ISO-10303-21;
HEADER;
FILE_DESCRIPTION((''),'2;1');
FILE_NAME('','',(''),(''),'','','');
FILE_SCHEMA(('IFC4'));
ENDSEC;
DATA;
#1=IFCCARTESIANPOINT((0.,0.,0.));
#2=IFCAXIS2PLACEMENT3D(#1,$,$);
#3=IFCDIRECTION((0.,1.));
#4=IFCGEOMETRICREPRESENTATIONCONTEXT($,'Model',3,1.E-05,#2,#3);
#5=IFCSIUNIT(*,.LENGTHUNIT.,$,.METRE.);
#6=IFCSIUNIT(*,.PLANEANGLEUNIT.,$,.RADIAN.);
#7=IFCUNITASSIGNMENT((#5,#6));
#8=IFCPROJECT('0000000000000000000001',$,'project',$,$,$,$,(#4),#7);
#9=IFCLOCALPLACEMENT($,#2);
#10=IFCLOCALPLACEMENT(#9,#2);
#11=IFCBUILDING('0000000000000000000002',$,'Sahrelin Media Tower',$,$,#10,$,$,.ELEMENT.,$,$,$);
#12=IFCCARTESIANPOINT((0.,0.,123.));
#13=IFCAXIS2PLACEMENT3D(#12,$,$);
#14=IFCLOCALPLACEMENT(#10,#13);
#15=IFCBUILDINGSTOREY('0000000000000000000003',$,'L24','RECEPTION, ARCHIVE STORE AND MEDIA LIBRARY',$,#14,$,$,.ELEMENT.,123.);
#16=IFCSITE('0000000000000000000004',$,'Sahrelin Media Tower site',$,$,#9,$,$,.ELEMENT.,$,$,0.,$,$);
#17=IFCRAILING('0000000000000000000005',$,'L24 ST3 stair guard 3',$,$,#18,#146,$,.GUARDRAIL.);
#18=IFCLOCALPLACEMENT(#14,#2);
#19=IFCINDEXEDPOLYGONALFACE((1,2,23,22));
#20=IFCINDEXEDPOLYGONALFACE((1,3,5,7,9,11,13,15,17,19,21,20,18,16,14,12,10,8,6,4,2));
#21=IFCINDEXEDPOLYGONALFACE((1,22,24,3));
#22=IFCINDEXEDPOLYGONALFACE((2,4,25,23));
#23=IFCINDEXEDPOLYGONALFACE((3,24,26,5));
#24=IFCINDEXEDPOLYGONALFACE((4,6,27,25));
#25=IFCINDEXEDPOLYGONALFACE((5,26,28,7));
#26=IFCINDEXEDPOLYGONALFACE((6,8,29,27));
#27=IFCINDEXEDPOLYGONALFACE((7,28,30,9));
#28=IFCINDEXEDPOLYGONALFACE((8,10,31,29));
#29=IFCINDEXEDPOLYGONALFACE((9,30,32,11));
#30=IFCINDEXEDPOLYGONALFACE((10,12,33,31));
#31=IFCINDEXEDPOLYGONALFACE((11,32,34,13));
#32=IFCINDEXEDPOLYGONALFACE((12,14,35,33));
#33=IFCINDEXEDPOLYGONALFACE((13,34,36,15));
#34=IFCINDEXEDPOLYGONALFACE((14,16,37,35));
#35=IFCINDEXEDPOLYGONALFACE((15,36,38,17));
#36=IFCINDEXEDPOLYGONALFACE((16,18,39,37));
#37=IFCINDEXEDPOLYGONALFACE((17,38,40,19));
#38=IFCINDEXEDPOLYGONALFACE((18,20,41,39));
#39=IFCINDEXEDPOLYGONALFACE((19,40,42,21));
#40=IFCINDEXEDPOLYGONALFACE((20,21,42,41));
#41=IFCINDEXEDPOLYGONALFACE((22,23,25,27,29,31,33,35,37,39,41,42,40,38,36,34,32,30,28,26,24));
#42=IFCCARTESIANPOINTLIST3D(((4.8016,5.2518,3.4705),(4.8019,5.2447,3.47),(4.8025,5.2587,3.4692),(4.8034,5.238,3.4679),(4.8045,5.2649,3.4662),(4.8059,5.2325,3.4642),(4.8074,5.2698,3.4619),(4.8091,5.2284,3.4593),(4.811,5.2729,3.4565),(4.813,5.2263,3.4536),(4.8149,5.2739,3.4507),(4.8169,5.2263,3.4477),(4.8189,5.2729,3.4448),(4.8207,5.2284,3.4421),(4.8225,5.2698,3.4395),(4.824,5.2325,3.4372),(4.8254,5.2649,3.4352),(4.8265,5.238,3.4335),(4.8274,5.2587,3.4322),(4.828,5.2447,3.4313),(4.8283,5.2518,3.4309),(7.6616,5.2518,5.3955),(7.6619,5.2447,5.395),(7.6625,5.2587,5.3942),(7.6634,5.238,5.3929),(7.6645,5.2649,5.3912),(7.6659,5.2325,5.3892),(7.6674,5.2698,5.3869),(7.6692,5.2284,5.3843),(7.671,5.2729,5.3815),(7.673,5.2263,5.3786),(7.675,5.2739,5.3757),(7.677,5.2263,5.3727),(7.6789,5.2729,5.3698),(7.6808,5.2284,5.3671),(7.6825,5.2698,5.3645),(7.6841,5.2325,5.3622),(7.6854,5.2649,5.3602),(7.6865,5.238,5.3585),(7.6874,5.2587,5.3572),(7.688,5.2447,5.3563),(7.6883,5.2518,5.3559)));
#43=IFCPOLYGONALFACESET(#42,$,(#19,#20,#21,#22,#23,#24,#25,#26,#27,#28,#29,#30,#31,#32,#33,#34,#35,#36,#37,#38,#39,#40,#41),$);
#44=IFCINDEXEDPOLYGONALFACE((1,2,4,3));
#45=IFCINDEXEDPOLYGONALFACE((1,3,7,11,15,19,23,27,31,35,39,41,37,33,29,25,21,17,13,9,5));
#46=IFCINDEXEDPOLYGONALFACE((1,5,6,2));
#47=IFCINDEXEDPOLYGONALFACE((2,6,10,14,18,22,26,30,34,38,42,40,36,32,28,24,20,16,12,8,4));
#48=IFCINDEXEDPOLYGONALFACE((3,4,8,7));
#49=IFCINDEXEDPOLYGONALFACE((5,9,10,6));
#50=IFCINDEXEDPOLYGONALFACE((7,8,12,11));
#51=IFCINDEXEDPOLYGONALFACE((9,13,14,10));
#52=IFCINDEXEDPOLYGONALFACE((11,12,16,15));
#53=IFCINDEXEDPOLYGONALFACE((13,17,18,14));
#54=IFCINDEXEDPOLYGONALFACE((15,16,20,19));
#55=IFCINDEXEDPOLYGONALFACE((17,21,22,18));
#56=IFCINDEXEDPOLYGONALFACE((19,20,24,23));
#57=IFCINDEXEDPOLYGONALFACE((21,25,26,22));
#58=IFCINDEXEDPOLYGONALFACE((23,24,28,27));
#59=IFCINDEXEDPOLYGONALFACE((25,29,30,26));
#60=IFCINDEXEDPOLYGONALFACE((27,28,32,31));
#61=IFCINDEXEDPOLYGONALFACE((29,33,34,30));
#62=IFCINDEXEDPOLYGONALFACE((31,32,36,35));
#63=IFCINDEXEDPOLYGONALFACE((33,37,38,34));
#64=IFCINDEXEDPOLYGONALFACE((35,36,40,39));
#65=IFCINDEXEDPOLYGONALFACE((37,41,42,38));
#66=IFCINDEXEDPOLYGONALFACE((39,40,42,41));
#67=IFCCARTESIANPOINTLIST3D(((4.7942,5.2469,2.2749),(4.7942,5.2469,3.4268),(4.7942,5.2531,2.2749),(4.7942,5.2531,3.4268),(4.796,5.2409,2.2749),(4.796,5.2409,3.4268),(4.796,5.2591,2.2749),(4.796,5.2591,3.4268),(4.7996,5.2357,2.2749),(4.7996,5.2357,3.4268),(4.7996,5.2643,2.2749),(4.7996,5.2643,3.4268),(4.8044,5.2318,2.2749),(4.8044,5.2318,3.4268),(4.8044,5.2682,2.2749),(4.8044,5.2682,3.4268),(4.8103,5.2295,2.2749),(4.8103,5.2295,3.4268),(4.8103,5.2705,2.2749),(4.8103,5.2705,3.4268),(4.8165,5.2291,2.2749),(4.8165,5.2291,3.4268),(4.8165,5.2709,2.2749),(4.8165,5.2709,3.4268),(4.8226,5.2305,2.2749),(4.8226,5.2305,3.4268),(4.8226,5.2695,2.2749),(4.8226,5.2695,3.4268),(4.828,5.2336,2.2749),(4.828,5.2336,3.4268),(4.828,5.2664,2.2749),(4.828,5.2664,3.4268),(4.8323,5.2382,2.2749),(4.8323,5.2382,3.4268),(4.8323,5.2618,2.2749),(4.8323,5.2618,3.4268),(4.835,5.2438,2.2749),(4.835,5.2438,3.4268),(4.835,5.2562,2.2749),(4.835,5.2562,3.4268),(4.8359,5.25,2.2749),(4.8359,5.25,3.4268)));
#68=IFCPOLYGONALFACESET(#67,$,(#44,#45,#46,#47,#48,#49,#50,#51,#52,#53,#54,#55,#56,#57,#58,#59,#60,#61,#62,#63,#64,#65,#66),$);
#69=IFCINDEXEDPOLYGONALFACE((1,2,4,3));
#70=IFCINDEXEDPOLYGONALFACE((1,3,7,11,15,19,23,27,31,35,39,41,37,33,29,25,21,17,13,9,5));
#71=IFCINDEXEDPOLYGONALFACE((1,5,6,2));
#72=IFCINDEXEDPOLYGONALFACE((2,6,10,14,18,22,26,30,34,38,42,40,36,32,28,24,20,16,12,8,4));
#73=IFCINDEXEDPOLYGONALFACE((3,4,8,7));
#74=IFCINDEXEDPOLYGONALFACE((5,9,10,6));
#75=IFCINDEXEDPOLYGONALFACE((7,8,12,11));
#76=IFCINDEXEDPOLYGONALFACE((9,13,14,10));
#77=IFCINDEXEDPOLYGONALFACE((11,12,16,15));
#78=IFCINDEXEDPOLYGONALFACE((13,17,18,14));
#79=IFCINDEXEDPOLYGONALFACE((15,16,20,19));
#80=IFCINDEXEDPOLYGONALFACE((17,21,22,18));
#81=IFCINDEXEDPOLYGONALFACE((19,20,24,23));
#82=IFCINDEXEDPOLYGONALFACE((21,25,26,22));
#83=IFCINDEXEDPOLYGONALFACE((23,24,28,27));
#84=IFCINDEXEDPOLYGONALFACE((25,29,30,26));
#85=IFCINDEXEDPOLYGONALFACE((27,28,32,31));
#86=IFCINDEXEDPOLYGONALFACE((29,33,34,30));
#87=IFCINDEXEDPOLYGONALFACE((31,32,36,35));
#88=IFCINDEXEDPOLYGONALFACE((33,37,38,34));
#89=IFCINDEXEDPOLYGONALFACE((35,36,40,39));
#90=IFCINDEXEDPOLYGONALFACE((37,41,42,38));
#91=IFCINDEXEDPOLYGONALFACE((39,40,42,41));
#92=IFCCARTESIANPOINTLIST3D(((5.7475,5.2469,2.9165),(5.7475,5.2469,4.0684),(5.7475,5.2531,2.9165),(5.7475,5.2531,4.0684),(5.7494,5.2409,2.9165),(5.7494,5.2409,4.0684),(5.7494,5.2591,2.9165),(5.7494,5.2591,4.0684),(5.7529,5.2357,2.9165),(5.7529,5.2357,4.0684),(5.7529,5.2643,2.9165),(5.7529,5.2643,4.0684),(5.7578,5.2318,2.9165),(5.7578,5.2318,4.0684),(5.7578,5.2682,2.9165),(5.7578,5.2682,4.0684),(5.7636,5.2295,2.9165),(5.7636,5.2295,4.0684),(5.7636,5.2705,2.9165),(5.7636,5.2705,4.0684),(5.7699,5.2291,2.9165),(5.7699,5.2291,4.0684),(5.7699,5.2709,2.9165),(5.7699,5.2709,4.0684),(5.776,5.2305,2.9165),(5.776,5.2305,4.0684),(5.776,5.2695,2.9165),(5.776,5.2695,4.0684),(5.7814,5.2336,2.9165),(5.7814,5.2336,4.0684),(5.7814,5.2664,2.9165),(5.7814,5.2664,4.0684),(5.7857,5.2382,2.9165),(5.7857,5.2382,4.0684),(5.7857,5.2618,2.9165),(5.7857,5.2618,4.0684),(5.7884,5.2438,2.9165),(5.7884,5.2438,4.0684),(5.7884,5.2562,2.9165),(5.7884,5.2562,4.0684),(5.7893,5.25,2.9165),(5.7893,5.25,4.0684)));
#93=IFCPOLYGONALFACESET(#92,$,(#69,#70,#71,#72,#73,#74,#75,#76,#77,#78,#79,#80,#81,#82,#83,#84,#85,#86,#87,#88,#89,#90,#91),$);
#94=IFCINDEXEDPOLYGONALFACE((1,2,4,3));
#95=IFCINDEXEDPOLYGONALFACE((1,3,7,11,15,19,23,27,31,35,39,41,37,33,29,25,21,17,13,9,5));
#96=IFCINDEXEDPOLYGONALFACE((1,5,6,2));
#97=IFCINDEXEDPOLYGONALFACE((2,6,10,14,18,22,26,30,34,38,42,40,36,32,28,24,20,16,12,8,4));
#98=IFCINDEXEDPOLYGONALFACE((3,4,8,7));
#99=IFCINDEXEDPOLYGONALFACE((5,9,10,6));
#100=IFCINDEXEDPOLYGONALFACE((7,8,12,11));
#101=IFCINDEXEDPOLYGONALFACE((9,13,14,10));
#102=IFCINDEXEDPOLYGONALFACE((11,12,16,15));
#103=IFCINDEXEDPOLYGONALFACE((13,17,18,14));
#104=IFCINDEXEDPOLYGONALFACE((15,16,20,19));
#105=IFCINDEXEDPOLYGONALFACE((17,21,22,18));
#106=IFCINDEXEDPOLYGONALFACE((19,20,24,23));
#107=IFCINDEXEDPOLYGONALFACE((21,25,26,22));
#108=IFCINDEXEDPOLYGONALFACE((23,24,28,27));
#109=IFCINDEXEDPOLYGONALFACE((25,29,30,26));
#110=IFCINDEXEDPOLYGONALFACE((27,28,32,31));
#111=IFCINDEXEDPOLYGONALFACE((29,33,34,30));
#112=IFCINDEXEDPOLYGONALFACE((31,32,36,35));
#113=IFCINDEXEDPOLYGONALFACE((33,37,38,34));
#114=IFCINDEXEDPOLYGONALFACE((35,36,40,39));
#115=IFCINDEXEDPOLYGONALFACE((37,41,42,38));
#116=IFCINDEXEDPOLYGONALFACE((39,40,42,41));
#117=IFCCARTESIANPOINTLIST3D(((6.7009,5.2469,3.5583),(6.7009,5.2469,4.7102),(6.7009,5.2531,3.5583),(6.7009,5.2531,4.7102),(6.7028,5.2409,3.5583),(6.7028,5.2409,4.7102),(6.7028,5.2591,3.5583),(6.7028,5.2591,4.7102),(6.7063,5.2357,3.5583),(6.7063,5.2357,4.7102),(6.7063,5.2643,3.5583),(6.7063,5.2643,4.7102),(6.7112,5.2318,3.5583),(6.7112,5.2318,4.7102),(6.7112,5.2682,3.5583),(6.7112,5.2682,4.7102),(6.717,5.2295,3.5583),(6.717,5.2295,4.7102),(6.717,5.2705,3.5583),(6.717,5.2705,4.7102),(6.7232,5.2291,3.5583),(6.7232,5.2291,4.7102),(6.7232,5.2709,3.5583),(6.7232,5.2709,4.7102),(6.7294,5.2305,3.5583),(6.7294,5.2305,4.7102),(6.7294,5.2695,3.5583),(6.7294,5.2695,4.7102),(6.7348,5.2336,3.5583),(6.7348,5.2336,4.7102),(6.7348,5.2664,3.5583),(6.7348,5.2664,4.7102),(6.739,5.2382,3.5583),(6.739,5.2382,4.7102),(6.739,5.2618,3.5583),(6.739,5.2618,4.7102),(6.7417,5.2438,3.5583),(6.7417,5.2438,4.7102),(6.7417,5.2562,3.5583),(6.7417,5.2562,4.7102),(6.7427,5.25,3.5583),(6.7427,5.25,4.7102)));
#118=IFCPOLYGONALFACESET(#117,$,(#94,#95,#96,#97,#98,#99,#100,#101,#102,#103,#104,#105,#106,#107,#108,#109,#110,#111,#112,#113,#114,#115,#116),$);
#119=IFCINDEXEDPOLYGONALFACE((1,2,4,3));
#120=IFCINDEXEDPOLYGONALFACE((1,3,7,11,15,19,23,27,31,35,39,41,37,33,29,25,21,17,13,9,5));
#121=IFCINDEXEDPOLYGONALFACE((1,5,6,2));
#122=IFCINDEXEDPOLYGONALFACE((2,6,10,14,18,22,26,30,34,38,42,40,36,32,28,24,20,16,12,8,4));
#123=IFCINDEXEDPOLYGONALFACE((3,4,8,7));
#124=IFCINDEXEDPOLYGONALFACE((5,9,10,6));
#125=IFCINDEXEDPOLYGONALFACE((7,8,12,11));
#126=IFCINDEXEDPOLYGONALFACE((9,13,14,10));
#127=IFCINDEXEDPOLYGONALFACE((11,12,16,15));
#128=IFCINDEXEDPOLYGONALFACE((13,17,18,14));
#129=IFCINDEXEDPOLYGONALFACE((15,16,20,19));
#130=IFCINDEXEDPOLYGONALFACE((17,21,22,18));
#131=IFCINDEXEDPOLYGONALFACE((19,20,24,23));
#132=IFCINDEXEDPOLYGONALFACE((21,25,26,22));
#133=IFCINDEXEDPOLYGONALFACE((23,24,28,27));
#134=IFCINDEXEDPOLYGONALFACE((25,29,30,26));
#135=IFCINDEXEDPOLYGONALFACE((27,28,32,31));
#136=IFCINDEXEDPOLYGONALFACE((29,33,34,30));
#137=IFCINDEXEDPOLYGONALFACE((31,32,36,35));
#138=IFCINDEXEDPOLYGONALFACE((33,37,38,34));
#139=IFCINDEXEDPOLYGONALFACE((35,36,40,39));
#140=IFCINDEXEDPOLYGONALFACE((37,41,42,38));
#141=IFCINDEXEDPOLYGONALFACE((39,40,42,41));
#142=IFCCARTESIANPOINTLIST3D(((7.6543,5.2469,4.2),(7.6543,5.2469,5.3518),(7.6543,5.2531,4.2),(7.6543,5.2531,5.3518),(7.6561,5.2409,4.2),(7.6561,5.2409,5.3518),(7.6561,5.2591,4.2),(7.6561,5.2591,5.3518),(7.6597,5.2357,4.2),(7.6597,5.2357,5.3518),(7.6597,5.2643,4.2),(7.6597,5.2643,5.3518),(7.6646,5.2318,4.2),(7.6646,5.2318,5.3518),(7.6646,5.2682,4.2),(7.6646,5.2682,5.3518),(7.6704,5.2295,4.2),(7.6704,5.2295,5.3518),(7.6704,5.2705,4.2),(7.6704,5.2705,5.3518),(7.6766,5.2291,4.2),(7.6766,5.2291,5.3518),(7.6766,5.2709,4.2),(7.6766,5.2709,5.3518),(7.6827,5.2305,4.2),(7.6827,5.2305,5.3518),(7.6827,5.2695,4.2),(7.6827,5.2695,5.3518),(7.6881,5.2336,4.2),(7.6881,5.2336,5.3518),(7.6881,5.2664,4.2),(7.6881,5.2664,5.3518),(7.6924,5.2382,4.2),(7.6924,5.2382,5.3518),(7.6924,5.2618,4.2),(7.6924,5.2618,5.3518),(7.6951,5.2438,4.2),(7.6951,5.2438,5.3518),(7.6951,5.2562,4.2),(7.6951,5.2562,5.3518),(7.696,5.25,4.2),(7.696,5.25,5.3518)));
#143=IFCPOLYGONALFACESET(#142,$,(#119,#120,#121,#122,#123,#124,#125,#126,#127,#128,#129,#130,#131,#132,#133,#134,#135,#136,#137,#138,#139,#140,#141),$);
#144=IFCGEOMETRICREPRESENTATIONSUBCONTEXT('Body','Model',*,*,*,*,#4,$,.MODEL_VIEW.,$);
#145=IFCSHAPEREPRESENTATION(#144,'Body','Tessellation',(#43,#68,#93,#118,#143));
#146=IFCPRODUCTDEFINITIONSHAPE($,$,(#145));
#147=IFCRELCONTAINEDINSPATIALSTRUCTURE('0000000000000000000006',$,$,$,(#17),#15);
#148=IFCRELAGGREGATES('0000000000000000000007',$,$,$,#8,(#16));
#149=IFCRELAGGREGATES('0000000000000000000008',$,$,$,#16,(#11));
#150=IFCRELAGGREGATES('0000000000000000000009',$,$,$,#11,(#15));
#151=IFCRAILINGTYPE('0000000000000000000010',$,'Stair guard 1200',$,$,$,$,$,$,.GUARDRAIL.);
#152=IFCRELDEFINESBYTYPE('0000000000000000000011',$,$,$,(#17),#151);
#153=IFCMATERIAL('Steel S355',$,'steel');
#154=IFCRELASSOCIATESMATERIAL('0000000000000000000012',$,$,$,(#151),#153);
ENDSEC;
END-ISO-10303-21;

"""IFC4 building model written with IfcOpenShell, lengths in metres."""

from ifc_helpers import new_model, si_unit, direction, frame, origin, origin_2d, place, context, subcontext, project, spatial, circle, extrude, material, type_object, element, save


model = new_model("IFC4")

# Units and contexts
model_context = context("Model", 3, precision=1e-05, world=origin(), true_north=direction((0.0, 1.0)))
body_context = subcontext(model_context, "Body", "Model", "MODEL_VIEW")
ifc_project = project(units=[si_unit("LENGTHUNIT", "METRE"), si_unit("PLANEANGLEUNIT", "RADIAN")], contexts=[model_context])

# Site, building, storey
site_placement = place(None, origin())
site = spatial("IfcSite", under=ifc_project, at=site_placement, Name="Sahrelin Media Tower site", CompositionType="ELEMENT", RefElevation=0.0)
building_placement = place(site_placement, origin())
building = spatial("IfcBuilding", under=site, at=building_placement, Name="Sahrelin Media Tower", CompositionType="ELEMENT")
storey_placement = place(building_placement, frame((0.0, 0.0, 123.0)))
storey = spatial("IfcBuildingStorey", under=building, at=storey_placement, Name="L24", Description="RECEPTION, ARCHIVE STORE AND MEDIA LIBRARY", CompositionType="ELEMENT", Elevation=123.0)

# Shared definitions
ifc_material_1 = material(Name="Steel S355", Category="steel")

# Railing
railing_type_1 = type_object("IfcRailingType", Name="Stair guard 1200", PredefinedType="GUARDRAIL", material=ifc_material_1)
railing_1_placement = place(storey_placement, frame((4.8149, 5.25, 2.2749)))
element("IfcRailing", 1, at=railing_1_placement, inside=storey, type_object=railing_type_1, Name="L24 ST3 stair guard 3", PredefinedType="GUARDRAIL", context=body_context, shape_type="SweptSolid", body=[
    extrude(circle(Radius=0.0239, at=origin_2d()), frame((0.0, 0.0, 1.1758), z_axis=(0.829591, 0.0, 0.558372), x_axis=(0.0, 1.0, 0.0)), (0.0, 0.0, 1.0), 3.4475),
    extrude(circle(Radius=0.021, at=origin_2d()), origin(), (0.0, 0.0, 1.0), 1.1519),
    extrude(circle(Radius=0.021, at=origin_2d()), frame((0.9534, 0.0, 0.6416)), (0.0, 0.0, 1.0), 1.1519),
    extrude(circle(Radius=0.021, at=origin_2d()), frame((1.9067, 0.0, 1.2834)), (0.0, 0.0, 1.0), 1.1519),
    extrude(circle(Radius=0.021, at=origin_2d()), frame((2.8601, 0.0, 1.925)), (0.0, 0.0, 1.0), 1.1519),
])

save(model, "model.ifc")
